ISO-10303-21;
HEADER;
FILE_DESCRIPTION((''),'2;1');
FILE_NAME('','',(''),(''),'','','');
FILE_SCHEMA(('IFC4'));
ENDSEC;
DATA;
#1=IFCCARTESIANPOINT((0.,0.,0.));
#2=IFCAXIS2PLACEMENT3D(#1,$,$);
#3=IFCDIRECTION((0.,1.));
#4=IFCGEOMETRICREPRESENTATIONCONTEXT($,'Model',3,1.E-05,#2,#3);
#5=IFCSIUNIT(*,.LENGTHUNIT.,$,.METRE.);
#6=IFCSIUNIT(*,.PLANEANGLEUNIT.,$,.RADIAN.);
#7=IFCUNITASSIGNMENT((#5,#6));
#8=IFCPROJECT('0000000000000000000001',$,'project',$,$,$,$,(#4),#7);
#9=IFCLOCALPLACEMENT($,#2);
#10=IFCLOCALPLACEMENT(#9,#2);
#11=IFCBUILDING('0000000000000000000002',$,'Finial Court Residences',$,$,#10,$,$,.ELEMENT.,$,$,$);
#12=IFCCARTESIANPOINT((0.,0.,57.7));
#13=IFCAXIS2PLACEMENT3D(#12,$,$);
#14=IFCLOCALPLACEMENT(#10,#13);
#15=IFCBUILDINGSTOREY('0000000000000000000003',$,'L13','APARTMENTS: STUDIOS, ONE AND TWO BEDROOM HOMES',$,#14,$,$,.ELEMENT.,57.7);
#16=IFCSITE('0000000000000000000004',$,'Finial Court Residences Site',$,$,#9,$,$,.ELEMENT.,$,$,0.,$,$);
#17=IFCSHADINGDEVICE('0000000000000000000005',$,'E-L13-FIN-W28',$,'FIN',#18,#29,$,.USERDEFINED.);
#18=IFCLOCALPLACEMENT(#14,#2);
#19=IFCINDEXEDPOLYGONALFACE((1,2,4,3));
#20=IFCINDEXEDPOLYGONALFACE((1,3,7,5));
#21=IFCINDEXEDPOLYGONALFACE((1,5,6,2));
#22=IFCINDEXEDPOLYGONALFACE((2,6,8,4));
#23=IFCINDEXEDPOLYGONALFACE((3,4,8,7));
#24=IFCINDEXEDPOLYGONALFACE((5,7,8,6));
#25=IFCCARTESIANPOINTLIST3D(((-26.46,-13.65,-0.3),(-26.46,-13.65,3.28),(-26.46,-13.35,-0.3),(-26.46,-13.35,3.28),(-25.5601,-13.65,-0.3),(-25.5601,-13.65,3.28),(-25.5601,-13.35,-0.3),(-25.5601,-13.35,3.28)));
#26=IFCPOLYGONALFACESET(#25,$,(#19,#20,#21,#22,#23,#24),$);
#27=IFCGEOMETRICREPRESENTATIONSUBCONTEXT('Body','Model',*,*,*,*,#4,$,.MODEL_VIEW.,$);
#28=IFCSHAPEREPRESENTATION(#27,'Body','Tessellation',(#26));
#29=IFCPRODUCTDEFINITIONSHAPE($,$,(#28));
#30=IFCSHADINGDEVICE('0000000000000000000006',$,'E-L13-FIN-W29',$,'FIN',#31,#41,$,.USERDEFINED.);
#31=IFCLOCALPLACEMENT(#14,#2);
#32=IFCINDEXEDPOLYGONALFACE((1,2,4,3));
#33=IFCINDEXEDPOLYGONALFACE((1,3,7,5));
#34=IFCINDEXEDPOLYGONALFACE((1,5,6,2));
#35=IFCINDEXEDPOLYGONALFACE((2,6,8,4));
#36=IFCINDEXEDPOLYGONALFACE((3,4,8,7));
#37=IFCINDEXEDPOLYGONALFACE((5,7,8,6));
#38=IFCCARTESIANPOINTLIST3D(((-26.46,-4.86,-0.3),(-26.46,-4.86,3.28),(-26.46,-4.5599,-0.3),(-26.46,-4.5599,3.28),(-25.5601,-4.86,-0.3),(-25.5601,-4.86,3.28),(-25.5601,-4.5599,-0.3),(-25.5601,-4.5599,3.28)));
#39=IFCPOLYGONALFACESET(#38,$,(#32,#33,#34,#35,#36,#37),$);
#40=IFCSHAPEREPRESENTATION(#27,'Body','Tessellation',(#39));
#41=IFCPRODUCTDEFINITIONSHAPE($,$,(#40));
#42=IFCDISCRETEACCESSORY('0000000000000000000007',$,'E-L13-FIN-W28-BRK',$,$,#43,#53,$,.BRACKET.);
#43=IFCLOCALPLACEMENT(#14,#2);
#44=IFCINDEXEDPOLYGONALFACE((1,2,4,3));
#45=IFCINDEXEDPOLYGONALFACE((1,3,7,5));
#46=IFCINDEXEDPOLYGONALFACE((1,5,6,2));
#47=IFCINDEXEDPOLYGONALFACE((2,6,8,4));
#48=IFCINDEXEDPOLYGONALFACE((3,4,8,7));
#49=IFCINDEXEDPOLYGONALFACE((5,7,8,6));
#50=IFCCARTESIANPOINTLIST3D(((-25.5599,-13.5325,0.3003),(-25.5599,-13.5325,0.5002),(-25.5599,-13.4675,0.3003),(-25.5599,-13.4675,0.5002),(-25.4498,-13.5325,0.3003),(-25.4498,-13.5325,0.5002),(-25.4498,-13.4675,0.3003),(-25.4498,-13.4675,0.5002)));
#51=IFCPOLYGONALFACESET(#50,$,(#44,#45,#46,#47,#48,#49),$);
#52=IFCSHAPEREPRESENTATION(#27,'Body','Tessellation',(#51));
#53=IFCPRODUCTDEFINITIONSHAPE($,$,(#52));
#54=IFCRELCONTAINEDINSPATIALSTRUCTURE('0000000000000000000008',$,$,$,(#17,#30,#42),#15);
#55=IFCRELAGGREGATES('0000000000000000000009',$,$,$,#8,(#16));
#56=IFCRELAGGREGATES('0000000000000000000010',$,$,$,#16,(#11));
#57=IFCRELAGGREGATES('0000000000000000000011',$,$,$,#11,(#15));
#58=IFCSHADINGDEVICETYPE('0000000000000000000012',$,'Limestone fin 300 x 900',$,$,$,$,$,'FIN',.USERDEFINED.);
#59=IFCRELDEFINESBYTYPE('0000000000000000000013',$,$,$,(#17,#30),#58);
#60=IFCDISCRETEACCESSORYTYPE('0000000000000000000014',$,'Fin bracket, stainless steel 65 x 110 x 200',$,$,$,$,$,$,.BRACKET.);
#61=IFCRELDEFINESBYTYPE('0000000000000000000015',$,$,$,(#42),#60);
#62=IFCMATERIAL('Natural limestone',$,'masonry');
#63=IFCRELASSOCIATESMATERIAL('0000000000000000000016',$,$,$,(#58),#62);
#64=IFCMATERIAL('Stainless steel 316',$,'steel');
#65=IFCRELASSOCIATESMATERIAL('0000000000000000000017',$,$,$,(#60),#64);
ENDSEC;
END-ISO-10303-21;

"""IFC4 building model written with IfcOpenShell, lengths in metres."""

from ifc_helpers import new_model, si_unit, direction, frame, origin, origin_2d, place, context, subcontext, project, spatial, rectangle, extrude, material, type_object, element, save


model = new_model("IFC4")

# Units and contexts
model_context = context("Model", 3, precision=1e-05, world=origin(), true_north=direction((0.0, 1.0)))
body_context = subcontext(model_context, "Body", "Model", "MODEL_VIEW")
ifc_project = project(units=[si_unit("LENGTHUNIT", "METRE"), si_unit("PLANEANGLEUNIT", "RADIAN")], contexts=[model_context])

# Site, building, storey
site_placement = place(None, origin())
site = spatial("IfcSite", under=ifc_project, at=site_placement, Name="Finial Court Residences Site", CompositionType="ELEMENT", RefElevation=0.0)
building_placement = place(site_placement, origin())
building = spatial("IfcBuilding", under=site, at=building_placement, Name="Finial Court Residences", CompositionType="ELEMENT")
storey_placement = place(building_placement, frame((0.0, 0.0, 57.7)))
storey = spatial("IfcBuildingStorey", under=building, at=storey_placement, Name="L13", Description="APARTMENTS: STUDIOS, ONE AND TWO BEDROOM HOMES", CompositionType="ELEMENT", Elevation=57.7)

# Shading devices
ifc_material_1 = material(Name="Natural limestone", Category="masonry")
shading_device_type = type_object("IfcShadingDeviceType", Name="Limestone fin 300 x 900", ElementType="FIN", PredefinedType="USERDEFINED", material=ifc_material_1)
for number, where, z_axis, x_axis, name in (
    (1, (-26.01, -13.5, -0.3), (0.0, 0.0, 1.0), (1.0, 0.0, 0.0), "E-L13-FIN-W28"),
    (2, (-26.01, -4.71, -0.3), (0.0, 0.0, 1.0), (1.0, 0.0, 0.0), "E-L13-FIN-W29"),
):
    element("IfcShadingDevice", number, at=place(storey_placement, frame(where, z_axis=z_axis, x_axis=x_axis)), inside=storey, type_object=shading_device_type, Name=name, ObjectType="FIN", PredefinedType="USERDEFINED", context=body_context, shape_type="SweptSolid", body=[
        extrude(rectangle(XDim=0.8999, YDim=0.3, at=origin_2d()), origin(), (0.0, 0.0, 1.0), 3.5801),
    ])

# Discrete accessory
ifc_material_2 = material(Name="Stainless steel 316", Category="steel")
discrete_accessory_type = type_object("IfcDiscreteAccessoryType", Name="Fin bracket, stainless steel 65 x 110 x 200", PredefinedType="BRACKET", material=ifc_material_2)
discrete_accessory_placement = place(storey_placement, frame((-25.5049, -13.5, 0.3003), z_axis=(0.0, 0.0, 1.0), x_axis=(1.0, 0.0, 0.0)))
element("IfcDiscreteAccessory", 3, at=discrete_accessory_placement, inside=storey, type_object=discrete_accessory_type, Name="E-L13-FIN-W28-BRK", PredefinedType="BRACKET", context=body_context, shape_type="SweptSolid", body=[
    extrude(rectangle(XDim=0.1101, YDim=0.0649, at=origin_2d()), origin(), (0.0, 0.0, 1.0), 0.2),
])

save(model, "model.ifc")
